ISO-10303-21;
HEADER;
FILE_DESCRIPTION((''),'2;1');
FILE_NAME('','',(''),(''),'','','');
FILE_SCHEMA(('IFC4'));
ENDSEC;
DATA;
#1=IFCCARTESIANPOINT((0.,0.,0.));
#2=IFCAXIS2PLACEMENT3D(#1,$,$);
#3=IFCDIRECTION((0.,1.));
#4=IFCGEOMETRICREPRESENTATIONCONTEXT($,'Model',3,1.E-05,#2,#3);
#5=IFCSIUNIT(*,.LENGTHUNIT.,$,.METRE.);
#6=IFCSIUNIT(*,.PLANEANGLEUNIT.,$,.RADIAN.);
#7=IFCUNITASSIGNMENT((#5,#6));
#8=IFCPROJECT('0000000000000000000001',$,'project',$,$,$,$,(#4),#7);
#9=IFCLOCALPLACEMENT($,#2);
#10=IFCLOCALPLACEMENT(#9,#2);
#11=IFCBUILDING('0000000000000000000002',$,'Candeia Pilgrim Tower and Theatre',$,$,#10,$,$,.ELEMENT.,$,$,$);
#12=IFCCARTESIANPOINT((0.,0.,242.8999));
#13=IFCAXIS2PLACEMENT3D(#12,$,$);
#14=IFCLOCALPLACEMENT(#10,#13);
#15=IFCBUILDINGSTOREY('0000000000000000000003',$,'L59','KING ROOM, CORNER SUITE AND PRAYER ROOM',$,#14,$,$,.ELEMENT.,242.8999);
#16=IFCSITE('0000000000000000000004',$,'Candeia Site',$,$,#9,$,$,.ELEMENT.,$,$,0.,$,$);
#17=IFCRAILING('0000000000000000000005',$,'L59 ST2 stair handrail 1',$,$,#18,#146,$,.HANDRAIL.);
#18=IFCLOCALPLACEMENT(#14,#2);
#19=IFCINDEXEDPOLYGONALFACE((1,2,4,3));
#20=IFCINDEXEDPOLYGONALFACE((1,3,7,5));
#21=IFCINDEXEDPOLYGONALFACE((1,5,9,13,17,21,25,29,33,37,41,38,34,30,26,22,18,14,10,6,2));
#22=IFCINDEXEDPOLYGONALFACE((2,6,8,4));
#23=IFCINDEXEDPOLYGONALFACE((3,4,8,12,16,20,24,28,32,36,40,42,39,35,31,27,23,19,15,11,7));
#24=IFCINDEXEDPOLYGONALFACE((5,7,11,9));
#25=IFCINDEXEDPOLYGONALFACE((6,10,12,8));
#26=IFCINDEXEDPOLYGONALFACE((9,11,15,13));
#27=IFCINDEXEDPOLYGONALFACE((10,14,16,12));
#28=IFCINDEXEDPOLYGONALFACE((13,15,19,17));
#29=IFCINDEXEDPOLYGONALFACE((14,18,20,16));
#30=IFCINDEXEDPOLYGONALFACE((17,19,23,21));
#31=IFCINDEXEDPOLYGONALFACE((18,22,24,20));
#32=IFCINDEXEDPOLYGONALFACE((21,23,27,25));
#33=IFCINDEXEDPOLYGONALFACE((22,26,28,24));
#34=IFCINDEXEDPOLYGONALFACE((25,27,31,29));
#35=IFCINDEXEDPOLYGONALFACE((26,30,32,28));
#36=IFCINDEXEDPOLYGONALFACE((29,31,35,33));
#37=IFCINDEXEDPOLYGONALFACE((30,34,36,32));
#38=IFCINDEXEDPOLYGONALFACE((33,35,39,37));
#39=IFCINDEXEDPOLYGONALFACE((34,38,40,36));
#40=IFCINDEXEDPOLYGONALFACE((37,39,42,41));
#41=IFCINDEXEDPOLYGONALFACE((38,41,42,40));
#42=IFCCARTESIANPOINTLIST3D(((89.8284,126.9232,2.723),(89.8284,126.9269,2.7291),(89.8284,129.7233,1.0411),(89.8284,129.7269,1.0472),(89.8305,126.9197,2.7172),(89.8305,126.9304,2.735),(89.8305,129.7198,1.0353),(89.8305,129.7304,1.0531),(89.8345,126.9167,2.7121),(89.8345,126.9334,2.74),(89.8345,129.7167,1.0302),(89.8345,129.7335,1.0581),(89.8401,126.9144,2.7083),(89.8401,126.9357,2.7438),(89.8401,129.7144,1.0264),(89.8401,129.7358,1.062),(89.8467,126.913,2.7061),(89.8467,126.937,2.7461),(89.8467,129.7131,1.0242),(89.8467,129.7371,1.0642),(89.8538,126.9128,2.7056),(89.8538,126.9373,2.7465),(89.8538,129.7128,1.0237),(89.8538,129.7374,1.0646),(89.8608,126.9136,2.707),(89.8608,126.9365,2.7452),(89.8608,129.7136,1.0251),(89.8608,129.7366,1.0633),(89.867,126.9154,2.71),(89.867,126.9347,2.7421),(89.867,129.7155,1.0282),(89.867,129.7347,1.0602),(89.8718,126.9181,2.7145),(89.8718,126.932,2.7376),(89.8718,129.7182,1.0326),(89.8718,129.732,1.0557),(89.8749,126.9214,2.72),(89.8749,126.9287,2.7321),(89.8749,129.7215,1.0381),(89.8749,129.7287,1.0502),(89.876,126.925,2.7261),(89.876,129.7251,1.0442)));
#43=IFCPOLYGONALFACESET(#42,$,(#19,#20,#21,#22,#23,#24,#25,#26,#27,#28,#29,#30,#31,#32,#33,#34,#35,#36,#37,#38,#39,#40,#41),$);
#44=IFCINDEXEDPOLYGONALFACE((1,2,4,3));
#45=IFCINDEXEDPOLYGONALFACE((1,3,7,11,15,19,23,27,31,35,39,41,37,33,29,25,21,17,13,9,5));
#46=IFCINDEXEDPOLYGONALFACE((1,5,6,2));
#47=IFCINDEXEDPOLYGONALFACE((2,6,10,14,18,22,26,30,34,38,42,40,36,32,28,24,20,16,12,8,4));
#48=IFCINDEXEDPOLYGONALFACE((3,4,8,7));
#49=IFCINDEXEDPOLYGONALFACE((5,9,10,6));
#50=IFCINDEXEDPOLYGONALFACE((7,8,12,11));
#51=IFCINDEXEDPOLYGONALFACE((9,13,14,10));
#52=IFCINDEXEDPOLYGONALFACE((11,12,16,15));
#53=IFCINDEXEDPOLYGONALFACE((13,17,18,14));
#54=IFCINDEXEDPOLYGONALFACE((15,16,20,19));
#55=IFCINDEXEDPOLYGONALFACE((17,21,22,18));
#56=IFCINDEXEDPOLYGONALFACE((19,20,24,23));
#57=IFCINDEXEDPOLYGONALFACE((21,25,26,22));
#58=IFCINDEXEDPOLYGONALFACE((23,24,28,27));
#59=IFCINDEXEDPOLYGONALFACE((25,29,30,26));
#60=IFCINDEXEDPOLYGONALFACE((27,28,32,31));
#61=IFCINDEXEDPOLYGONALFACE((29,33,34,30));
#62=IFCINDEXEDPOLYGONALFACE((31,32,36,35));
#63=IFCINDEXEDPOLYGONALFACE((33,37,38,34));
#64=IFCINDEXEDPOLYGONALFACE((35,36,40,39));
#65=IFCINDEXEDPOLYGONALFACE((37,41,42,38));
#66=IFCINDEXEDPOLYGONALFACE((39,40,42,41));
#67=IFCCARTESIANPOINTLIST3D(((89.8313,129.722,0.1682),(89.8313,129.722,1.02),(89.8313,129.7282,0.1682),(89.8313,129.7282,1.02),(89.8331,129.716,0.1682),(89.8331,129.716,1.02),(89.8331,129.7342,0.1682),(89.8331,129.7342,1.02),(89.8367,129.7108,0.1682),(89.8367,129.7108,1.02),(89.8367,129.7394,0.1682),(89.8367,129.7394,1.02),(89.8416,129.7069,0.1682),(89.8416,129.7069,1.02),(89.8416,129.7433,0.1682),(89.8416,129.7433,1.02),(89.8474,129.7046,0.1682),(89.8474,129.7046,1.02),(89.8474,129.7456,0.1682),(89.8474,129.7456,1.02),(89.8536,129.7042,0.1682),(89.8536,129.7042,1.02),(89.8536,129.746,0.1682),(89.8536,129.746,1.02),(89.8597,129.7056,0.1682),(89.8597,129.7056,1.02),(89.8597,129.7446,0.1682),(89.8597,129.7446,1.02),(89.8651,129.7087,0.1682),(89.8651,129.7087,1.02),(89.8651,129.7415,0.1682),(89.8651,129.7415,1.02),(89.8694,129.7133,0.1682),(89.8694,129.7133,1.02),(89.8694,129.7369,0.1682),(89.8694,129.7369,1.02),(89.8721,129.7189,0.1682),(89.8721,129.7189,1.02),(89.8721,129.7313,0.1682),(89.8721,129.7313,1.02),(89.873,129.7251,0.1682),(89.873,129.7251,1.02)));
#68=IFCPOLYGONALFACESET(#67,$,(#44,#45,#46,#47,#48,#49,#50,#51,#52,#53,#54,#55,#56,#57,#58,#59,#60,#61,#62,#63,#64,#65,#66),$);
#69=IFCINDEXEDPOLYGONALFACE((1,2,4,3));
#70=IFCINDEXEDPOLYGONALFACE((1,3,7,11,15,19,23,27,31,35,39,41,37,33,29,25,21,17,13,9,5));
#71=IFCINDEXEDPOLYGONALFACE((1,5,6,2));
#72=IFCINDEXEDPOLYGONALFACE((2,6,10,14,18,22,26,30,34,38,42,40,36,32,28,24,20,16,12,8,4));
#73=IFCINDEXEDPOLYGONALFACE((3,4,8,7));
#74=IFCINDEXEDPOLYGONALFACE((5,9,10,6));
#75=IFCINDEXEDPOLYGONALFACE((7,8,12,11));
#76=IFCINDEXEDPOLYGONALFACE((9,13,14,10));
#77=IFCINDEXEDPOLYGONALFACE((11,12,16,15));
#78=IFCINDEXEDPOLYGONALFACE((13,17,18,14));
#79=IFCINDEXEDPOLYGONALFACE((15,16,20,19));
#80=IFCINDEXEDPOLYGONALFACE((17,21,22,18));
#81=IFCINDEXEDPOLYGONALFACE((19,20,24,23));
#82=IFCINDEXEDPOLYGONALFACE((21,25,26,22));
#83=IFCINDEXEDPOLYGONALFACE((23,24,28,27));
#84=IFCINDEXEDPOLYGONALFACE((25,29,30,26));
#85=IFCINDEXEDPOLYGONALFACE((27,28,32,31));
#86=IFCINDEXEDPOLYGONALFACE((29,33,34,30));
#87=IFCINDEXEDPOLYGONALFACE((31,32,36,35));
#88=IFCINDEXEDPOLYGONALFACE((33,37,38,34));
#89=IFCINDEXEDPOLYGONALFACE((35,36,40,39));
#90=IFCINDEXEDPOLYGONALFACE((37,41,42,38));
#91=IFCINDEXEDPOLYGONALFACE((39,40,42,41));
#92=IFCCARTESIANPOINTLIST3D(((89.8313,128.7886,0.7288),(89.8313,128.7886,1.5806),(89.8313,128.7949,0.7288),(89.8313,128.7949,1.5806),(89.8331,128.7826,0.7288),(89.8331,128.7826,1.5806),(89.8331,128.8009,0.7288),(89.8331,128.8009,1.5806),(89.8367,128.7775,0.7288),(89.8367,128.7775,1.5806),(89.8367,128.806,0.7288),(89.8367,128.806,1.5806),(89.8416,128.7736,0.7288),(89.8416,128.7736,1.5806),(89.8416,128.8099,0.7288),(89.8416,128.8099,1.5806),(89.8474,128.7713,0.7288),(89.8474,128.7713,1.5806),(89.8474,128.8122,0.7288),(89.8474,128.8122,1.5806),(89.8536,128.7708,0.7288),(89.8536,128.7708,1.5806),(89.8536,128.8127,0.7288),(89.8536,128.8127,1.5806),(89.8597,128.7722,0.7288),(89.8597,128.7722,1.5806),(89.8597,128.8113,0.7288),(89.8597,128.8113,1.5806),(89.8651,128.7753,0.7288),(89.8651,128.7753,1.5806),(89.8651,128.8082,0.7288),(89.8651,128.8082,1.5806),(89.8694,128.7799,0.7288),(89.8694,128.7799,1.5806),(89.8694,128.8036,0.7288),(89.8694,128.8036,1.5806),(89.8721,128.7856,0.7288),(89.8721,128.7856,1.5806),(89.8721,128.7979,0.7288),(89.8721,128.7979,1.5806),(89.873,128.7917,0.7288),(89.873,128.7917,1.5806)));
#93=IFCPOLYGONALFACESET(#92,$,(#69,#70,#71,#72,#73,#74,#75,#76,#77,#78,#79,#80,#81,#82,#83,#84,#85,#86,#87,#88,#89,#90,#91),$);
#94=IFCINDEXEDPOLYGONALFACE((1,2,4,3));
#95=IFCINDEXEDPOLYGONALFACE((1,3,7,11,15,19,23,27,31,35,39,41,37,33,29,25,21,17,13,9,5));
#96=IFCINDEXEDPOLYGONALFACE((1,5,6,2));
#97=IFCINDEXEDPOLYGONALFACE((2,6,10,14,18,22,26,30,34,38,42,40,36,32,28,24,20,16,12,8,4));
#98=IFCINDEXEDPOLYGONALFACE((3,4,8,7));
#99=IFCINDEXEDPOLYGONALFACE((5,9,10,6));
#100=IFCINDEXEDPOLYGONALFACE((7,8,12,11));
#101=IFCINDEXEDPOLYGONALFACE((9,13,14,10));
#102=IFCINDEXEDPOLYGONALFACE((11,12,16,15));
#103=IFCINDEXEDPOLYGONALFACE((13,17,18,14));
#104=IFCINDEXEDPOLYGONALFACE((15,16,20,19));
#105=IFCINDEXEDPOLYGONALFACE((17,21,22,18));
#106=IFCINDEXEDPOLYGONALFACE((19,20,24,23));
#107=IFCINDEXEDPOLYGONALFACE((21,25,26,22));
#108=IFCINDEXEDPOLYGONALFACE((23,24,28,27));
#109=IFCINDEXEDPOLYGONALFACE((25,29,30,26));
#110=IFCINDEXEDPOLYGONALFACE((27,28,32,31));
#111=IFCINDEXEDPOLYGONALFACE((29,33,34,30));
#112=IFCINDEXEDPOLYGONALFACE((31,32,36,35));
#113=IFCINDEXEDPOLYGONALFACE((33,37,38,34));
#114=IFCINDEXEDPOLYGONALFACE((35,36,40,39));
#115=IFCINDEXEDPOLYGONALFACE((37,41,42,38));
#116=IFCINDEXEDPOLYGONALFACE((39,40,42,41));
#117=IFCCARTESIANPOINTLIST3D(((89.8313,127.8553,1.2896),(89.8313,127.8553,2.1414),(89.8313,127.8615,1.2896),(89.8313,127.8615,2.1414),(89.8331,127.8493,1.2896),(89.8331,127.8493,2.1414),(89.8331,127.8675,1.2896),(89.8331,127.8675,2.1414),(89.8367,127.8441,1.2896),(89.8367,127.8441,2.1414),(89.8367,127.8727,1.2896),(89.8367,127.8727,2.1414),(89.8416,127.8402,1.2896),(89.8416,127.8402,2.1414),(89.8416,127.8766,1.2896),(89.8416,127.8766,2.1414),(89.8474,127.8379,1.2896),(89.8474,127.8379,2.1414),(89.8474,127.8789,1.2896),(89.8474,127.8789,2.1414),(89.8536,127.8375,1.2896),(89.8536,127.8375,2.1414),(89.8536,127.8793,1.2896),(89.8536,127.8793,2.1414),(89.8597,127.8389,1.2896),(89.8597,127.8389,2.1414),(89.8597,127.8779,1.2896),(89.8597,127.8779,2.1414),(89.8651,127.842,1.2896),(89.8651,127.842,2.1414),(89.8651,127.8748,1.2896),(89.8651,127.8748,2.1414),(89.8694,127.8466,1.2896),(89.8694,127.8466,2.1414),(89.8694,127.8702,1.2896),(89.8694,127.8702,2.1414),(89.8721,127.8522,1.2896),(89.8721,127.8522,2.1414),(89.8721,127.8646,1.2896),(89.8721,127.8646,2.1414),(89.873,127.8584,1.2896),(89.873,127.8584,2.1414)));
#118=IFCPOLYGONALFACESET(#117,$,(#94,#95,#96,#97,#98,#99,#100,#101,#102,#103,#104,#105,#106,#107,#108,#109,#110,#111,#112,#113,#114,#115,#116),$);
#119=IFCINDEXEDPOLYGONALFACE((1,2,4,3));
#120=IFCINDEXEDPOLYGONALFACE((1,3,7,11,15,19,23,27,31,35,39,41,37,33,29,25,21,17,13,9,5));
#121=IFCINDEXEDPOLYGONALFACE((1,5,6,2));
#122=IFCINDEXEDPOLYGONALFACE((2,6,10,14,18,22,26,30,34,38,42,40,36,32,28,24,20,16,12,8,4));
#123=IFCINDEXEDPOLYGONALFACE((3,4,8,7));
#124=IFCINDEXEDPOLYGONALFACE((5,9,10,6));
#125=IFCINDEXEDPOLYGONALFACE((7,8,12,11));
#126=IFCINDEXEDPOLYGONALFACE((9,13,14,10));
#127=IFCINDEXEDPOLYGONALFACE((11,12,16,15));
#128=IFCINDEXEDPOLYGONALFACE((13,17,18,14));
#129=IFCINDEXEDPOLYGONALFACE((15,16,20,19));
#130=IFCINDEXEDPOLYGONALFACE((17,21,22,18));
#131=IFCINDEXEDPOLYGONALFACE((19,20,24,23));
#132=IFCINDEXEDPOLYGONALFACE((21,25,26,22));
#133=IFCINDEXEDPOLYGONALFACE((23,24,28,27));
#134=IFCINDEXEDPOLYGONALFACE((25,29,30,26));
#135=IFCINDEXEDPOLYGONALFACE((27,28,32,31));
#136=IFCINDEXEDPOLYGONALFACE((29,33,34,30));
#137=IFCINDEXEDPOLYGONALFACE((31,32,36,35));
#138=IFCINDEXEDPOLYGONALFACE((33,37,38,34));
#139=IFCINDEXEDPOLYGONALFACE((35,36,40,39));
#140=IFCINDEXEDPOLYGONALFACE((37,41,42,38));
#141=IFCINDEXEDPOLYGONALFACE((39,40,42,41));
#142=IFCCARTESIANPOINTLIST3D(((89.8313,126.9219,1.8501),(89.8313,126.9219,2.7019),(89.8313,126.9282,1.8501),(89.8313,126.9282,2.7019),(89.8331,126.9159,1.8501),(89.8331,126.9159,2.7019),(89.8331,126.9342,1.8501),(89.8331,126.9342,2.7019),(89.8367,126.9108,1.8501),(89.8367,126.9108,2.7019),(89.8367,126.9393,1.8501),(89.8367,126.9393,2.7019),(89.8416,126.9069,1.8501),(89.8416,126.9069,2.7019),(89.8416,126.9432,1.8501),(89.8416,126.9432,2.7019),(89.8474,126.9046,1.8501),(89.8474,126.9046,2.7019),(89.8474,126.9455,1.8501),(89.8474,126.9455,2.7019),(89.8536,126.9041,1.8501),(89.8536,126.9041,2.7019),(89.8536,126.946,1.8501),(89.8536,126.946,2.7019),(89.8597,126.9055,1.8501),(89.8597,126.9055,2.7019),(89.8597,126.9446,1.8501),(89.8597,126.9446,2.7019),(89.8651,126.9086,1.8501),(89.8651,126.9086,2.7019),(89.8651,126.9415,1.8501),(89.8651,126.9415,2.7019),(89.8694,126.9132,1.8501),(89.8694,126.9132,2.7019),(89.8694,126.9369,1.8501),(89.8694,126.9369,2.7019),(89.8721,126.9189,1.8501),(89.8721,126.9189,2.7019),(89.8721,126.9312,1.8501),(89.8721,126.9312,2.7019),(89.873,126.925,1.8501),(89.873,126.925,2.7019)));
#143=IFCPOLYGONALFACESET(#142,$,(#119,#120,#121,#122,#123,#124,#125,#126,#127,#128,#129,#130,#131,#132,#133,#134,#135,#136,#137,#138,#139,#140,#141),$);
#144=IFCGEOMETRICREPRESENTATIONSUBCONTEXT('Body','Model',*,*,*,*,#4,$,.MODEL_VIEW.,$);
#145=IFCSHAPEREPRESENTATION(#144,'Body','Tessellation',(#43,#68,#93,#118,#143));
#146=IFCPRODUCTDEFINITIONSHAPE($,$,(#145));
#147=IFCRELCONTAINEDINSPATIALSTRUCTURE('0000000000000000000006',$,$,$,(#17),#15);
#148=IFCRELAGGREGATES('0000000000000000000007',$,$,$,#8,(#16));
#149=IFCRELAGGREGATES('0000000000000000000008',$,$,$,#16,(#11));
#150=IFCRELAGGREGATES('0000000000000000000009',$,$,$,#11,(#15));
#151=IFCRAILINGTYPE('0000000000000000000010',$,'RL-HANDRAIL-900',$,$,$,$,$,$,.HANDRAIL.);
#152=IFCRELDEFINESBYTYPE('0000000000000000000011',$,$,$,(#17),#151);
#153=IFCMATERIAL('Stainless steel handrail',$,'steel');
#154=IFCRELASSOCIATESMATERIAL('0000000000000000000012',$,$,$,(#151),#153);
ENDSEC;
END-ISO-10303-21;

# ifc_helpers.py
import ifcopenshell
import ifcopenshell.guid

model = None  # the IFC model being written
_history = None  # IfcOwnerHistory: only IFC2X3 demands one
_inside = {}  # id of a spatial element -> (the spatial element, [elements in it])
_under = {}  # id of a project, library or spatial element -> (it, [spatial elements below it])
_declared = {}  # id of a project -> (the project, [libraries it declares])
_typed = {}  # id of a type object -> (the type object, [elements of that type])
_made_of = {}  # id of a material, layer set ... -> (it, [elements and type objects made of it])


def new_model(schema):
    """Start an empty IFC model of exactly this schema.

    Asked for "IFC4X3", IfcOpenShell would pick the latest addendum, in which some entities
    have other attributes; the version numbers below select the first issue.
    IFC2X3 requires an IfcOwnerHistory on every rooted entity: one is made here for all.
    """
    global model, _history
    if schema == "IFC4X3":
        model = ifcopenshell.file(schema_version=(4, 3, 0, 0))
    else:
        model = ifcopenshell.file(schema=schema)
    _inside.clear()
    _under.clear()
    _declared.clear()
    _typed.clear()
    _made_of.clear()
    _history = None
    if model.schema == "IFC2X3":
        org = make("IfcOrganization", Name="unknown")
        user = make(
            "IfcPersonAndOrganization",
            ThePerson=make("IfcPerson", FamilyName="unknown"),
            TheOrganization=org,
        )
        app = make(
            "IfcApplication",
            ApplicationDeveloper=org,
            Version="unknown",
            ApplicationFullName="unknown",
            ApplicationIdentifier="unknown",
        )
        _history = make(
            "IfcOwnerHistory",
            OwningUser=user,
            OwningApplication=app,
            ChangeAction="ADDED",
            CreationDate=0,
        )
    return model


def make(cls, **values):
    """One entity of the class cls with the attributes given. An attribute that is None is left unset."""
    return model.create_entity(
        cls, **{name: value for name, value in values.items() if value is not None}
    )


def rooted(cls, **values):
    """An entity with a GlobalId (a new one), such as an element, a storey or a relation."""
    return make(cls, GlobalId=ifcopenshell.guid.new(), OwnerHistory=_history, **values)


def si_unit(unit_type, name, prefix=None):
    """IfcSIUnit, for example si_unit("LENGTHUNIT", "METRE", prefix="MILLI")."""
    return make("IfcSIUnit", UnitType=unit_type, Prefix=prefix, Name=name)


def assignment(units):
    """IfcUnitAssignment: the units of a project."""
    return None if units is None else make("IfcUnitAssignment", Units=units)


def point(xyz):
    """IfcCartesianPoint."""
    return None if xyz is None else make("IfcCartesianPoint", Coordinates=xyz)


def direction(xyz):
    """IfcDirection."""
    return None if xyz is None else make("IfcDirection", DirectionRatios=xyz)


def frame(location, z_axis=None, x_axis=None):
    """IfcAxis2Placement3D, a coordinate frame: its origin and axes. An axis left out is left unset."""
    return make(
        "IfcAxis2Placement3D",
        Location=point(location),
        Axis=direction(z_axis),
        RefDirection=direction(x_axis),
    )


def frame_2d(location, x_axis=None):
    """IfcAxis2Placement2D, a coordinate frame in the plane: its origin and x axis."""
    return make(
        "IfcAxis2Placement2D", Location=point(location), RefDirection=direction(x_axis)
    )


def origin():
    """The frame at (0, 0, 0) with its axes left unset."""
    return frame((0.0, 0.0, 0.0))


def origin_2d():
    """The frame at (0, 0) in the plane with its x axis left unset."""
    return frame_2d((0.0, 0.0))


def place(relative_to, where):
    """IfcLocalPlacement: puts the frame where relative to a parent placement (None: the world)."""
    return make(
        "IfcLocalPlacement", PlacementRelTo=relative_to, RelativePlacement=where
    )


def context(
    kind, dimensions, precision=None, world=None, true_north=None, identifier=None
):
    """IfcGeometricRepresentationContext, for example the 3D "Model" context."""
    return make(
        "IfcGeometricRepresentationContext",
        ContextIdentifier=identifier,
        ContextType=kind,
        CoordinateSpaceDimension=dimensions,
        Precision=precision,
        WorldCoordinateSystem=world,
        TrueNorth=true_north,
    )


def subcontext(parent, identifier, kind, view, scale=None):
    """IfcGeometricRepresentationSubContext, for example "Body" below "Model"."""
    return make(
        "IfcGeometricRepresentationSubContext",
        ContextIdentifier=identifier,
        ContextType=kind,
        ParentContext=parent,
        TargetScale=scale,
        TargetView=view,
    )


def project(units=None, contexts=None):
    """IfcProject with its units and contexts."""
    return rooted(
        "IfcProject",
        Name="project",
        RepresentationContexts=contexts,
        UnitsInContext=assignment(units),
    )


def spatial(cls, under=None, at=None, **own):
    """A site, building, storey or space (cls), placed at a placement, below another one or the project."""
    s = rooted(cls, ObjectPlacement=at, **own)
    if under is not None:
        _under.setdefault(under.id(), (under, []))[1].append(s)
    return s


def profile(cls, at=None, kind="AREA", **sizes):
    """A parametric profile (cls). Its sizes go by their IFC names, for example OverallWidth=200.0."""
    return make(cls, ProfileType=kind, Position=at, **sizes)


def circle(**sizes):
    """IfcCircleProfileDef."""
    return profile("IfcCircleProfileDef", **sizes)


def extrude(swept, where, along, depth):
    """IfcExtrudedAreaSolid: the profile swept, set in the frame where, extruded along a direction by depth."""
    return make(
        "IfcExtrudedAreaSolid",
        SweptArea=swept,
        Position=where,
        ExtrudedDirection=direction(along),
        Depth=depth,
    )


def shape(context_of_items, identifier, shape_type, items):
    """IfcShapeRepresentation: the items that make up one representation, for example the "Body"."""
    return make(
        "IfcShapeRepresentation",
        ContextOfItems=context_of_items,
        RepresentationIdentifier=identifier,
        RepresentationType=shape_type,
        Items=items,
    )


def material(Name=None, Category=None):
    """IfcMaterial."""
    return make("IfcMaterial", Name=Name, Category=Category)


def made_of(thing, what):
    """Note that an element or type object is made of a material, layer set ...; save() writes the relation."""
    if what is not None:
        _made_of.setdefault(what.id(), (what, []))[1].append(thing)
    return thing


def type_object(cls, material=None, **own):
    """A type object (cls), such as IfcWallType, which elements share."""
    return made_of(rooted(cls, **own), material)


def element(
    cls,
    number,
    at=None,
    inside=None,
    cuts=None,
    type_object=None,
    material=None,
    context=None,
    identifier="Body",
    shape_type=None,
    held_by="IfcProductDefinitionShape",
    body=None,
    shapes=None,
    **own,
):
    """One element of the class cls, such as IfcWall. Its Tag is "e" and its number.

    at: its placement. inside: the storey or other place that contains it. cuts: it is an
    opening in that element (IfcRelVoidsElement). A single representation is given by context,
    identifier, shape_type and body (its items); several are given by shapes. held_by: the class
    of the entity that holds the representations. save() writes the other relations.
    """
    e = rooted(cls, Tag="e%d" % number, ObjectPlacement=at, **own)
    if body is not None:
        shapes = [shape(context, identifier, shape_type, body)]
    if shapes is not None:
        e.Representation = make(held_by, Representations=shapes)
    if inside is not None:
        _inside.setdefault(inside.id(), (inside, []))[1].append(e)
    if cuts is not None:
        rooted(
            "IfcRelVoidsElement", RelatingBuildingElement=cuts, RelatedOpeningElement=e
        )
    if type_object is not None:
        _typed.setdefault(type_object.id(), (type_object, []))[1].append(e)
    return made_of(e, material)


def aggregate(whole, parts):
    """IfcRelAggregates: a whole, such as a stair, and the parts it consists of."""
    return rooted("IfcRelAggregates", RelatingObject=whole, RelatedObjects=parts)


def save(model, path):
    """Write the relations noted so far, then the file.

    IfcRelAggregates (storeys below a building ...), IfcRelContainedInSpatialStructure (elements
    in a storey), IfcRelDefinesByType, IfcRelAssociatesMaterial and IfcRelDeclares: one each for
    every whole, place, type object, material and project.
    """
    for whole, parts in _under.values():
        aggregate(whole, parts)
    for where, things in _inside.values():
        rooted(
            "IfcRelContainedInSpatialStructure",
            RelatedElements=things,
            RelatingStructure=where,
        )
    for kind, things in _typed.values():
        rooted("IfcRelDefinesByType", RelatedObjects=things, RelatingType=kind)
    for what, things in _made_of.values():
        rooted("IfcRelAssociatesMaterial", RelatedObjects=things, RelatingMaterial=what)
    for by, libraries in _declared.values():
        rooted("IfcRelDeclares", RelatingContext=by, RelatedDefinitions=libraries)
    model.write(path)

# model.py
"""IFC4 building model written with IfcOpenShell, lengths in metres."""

from ifc_helpers import new_model, si_unit, direction, frame, origin, origin_2d, place, context, subcontext, project, spatial, circle, extrude, material, type_object, element, save


model = new_model("IFC4")

# Units and contexts
model_context = context("Model", 3, precision=1e-05, world=origin(), true_north=direction((0.0, 1.0)))
body_context = subcontext(model_context, "Body", "Model", "MODEL_VIEW")
ifc_project = project(units=[si_unit("LENGTHUNIT", "METRE"), si_unit("PLANEANGLEUNIT", "RADIAN")], contexts=[model_context])

# Site, building, storey
site_placement = place(None, origin())
site = spatial("IfcSite", under=ifc_project, at=site_placement, Name="Candeia Site", CompositionType="ELEMENT", RefElevation=0.0)
building_placement = place(site_placement, origin())
building = spatial("IfcBuilding", under=site, at=building_placement, Name="Candeia Pilgrim Tower and Theatre", CompositionType="ELEMENT")
storey_placement = place(building_placement, frame((0.0, 0.0, 242.8999)))
storey = spatial("IfcBuildingStorey", under=building, at=storey_placement, Name="L59", Description="KING ROOM, CORNER SUITE AND PRAYER ROOM", CompositionType="ELEMENT", Elevation=242.8999)

# Railing
ifc_material_1 = material(Name="Stainless steel handrail", Category="steel")
railing_type_1 = type_object("IfcRailingType", Name="RL-HANDRAIL-900", PredefinedType="HANDRAIL", material=ifc_material_1)
for number, where, name in (
    (1, (89.8521, 129.7251, 0.1682), "L59 ST2 stair handrail 1"),
):
    element("IfcRailing", number, at=place(storey_placement, frame(where)), inside=storey, type_object=railing_type_1, Name=name, PredefinedType="HANDRAIL", context=body_context, shape_type="SweptSolid", body=[
        extrude(circle(Radius=0.0239, at=origin_2d()), frame((0.0, 0.0, 0.876), z_axis=(0.0, -0.857242, 0.514913), x_axis=(1.0, 0.0, 0.0)), (0.0, 0.0, 1.0), 3.2664),
        extrude(circle(Radius=0.021, at=origin_2d()), origin(), (0.0, 0.0, 1.0), 0.8518),
        extrude(circle(Radius=0.021, at=origin_2d()), frame((0.0, -0.9333, 0.5605)), (0.0, 0.0, 1.0), 0.8518),
        extrude(circle(Radius=0.021, at=origin_2d()), frame((0.0, -1.8667, 1.1213)), (0.0, 0.0, 1.0), 0.8518),
        extrude(circle(Radius=0.021, at=origin_2d()), frame((0.0, -2.8, 1.6819)), (0.0, 0.0, 1.0), 0.8518),
    ])

save(model, "model.ifc")
